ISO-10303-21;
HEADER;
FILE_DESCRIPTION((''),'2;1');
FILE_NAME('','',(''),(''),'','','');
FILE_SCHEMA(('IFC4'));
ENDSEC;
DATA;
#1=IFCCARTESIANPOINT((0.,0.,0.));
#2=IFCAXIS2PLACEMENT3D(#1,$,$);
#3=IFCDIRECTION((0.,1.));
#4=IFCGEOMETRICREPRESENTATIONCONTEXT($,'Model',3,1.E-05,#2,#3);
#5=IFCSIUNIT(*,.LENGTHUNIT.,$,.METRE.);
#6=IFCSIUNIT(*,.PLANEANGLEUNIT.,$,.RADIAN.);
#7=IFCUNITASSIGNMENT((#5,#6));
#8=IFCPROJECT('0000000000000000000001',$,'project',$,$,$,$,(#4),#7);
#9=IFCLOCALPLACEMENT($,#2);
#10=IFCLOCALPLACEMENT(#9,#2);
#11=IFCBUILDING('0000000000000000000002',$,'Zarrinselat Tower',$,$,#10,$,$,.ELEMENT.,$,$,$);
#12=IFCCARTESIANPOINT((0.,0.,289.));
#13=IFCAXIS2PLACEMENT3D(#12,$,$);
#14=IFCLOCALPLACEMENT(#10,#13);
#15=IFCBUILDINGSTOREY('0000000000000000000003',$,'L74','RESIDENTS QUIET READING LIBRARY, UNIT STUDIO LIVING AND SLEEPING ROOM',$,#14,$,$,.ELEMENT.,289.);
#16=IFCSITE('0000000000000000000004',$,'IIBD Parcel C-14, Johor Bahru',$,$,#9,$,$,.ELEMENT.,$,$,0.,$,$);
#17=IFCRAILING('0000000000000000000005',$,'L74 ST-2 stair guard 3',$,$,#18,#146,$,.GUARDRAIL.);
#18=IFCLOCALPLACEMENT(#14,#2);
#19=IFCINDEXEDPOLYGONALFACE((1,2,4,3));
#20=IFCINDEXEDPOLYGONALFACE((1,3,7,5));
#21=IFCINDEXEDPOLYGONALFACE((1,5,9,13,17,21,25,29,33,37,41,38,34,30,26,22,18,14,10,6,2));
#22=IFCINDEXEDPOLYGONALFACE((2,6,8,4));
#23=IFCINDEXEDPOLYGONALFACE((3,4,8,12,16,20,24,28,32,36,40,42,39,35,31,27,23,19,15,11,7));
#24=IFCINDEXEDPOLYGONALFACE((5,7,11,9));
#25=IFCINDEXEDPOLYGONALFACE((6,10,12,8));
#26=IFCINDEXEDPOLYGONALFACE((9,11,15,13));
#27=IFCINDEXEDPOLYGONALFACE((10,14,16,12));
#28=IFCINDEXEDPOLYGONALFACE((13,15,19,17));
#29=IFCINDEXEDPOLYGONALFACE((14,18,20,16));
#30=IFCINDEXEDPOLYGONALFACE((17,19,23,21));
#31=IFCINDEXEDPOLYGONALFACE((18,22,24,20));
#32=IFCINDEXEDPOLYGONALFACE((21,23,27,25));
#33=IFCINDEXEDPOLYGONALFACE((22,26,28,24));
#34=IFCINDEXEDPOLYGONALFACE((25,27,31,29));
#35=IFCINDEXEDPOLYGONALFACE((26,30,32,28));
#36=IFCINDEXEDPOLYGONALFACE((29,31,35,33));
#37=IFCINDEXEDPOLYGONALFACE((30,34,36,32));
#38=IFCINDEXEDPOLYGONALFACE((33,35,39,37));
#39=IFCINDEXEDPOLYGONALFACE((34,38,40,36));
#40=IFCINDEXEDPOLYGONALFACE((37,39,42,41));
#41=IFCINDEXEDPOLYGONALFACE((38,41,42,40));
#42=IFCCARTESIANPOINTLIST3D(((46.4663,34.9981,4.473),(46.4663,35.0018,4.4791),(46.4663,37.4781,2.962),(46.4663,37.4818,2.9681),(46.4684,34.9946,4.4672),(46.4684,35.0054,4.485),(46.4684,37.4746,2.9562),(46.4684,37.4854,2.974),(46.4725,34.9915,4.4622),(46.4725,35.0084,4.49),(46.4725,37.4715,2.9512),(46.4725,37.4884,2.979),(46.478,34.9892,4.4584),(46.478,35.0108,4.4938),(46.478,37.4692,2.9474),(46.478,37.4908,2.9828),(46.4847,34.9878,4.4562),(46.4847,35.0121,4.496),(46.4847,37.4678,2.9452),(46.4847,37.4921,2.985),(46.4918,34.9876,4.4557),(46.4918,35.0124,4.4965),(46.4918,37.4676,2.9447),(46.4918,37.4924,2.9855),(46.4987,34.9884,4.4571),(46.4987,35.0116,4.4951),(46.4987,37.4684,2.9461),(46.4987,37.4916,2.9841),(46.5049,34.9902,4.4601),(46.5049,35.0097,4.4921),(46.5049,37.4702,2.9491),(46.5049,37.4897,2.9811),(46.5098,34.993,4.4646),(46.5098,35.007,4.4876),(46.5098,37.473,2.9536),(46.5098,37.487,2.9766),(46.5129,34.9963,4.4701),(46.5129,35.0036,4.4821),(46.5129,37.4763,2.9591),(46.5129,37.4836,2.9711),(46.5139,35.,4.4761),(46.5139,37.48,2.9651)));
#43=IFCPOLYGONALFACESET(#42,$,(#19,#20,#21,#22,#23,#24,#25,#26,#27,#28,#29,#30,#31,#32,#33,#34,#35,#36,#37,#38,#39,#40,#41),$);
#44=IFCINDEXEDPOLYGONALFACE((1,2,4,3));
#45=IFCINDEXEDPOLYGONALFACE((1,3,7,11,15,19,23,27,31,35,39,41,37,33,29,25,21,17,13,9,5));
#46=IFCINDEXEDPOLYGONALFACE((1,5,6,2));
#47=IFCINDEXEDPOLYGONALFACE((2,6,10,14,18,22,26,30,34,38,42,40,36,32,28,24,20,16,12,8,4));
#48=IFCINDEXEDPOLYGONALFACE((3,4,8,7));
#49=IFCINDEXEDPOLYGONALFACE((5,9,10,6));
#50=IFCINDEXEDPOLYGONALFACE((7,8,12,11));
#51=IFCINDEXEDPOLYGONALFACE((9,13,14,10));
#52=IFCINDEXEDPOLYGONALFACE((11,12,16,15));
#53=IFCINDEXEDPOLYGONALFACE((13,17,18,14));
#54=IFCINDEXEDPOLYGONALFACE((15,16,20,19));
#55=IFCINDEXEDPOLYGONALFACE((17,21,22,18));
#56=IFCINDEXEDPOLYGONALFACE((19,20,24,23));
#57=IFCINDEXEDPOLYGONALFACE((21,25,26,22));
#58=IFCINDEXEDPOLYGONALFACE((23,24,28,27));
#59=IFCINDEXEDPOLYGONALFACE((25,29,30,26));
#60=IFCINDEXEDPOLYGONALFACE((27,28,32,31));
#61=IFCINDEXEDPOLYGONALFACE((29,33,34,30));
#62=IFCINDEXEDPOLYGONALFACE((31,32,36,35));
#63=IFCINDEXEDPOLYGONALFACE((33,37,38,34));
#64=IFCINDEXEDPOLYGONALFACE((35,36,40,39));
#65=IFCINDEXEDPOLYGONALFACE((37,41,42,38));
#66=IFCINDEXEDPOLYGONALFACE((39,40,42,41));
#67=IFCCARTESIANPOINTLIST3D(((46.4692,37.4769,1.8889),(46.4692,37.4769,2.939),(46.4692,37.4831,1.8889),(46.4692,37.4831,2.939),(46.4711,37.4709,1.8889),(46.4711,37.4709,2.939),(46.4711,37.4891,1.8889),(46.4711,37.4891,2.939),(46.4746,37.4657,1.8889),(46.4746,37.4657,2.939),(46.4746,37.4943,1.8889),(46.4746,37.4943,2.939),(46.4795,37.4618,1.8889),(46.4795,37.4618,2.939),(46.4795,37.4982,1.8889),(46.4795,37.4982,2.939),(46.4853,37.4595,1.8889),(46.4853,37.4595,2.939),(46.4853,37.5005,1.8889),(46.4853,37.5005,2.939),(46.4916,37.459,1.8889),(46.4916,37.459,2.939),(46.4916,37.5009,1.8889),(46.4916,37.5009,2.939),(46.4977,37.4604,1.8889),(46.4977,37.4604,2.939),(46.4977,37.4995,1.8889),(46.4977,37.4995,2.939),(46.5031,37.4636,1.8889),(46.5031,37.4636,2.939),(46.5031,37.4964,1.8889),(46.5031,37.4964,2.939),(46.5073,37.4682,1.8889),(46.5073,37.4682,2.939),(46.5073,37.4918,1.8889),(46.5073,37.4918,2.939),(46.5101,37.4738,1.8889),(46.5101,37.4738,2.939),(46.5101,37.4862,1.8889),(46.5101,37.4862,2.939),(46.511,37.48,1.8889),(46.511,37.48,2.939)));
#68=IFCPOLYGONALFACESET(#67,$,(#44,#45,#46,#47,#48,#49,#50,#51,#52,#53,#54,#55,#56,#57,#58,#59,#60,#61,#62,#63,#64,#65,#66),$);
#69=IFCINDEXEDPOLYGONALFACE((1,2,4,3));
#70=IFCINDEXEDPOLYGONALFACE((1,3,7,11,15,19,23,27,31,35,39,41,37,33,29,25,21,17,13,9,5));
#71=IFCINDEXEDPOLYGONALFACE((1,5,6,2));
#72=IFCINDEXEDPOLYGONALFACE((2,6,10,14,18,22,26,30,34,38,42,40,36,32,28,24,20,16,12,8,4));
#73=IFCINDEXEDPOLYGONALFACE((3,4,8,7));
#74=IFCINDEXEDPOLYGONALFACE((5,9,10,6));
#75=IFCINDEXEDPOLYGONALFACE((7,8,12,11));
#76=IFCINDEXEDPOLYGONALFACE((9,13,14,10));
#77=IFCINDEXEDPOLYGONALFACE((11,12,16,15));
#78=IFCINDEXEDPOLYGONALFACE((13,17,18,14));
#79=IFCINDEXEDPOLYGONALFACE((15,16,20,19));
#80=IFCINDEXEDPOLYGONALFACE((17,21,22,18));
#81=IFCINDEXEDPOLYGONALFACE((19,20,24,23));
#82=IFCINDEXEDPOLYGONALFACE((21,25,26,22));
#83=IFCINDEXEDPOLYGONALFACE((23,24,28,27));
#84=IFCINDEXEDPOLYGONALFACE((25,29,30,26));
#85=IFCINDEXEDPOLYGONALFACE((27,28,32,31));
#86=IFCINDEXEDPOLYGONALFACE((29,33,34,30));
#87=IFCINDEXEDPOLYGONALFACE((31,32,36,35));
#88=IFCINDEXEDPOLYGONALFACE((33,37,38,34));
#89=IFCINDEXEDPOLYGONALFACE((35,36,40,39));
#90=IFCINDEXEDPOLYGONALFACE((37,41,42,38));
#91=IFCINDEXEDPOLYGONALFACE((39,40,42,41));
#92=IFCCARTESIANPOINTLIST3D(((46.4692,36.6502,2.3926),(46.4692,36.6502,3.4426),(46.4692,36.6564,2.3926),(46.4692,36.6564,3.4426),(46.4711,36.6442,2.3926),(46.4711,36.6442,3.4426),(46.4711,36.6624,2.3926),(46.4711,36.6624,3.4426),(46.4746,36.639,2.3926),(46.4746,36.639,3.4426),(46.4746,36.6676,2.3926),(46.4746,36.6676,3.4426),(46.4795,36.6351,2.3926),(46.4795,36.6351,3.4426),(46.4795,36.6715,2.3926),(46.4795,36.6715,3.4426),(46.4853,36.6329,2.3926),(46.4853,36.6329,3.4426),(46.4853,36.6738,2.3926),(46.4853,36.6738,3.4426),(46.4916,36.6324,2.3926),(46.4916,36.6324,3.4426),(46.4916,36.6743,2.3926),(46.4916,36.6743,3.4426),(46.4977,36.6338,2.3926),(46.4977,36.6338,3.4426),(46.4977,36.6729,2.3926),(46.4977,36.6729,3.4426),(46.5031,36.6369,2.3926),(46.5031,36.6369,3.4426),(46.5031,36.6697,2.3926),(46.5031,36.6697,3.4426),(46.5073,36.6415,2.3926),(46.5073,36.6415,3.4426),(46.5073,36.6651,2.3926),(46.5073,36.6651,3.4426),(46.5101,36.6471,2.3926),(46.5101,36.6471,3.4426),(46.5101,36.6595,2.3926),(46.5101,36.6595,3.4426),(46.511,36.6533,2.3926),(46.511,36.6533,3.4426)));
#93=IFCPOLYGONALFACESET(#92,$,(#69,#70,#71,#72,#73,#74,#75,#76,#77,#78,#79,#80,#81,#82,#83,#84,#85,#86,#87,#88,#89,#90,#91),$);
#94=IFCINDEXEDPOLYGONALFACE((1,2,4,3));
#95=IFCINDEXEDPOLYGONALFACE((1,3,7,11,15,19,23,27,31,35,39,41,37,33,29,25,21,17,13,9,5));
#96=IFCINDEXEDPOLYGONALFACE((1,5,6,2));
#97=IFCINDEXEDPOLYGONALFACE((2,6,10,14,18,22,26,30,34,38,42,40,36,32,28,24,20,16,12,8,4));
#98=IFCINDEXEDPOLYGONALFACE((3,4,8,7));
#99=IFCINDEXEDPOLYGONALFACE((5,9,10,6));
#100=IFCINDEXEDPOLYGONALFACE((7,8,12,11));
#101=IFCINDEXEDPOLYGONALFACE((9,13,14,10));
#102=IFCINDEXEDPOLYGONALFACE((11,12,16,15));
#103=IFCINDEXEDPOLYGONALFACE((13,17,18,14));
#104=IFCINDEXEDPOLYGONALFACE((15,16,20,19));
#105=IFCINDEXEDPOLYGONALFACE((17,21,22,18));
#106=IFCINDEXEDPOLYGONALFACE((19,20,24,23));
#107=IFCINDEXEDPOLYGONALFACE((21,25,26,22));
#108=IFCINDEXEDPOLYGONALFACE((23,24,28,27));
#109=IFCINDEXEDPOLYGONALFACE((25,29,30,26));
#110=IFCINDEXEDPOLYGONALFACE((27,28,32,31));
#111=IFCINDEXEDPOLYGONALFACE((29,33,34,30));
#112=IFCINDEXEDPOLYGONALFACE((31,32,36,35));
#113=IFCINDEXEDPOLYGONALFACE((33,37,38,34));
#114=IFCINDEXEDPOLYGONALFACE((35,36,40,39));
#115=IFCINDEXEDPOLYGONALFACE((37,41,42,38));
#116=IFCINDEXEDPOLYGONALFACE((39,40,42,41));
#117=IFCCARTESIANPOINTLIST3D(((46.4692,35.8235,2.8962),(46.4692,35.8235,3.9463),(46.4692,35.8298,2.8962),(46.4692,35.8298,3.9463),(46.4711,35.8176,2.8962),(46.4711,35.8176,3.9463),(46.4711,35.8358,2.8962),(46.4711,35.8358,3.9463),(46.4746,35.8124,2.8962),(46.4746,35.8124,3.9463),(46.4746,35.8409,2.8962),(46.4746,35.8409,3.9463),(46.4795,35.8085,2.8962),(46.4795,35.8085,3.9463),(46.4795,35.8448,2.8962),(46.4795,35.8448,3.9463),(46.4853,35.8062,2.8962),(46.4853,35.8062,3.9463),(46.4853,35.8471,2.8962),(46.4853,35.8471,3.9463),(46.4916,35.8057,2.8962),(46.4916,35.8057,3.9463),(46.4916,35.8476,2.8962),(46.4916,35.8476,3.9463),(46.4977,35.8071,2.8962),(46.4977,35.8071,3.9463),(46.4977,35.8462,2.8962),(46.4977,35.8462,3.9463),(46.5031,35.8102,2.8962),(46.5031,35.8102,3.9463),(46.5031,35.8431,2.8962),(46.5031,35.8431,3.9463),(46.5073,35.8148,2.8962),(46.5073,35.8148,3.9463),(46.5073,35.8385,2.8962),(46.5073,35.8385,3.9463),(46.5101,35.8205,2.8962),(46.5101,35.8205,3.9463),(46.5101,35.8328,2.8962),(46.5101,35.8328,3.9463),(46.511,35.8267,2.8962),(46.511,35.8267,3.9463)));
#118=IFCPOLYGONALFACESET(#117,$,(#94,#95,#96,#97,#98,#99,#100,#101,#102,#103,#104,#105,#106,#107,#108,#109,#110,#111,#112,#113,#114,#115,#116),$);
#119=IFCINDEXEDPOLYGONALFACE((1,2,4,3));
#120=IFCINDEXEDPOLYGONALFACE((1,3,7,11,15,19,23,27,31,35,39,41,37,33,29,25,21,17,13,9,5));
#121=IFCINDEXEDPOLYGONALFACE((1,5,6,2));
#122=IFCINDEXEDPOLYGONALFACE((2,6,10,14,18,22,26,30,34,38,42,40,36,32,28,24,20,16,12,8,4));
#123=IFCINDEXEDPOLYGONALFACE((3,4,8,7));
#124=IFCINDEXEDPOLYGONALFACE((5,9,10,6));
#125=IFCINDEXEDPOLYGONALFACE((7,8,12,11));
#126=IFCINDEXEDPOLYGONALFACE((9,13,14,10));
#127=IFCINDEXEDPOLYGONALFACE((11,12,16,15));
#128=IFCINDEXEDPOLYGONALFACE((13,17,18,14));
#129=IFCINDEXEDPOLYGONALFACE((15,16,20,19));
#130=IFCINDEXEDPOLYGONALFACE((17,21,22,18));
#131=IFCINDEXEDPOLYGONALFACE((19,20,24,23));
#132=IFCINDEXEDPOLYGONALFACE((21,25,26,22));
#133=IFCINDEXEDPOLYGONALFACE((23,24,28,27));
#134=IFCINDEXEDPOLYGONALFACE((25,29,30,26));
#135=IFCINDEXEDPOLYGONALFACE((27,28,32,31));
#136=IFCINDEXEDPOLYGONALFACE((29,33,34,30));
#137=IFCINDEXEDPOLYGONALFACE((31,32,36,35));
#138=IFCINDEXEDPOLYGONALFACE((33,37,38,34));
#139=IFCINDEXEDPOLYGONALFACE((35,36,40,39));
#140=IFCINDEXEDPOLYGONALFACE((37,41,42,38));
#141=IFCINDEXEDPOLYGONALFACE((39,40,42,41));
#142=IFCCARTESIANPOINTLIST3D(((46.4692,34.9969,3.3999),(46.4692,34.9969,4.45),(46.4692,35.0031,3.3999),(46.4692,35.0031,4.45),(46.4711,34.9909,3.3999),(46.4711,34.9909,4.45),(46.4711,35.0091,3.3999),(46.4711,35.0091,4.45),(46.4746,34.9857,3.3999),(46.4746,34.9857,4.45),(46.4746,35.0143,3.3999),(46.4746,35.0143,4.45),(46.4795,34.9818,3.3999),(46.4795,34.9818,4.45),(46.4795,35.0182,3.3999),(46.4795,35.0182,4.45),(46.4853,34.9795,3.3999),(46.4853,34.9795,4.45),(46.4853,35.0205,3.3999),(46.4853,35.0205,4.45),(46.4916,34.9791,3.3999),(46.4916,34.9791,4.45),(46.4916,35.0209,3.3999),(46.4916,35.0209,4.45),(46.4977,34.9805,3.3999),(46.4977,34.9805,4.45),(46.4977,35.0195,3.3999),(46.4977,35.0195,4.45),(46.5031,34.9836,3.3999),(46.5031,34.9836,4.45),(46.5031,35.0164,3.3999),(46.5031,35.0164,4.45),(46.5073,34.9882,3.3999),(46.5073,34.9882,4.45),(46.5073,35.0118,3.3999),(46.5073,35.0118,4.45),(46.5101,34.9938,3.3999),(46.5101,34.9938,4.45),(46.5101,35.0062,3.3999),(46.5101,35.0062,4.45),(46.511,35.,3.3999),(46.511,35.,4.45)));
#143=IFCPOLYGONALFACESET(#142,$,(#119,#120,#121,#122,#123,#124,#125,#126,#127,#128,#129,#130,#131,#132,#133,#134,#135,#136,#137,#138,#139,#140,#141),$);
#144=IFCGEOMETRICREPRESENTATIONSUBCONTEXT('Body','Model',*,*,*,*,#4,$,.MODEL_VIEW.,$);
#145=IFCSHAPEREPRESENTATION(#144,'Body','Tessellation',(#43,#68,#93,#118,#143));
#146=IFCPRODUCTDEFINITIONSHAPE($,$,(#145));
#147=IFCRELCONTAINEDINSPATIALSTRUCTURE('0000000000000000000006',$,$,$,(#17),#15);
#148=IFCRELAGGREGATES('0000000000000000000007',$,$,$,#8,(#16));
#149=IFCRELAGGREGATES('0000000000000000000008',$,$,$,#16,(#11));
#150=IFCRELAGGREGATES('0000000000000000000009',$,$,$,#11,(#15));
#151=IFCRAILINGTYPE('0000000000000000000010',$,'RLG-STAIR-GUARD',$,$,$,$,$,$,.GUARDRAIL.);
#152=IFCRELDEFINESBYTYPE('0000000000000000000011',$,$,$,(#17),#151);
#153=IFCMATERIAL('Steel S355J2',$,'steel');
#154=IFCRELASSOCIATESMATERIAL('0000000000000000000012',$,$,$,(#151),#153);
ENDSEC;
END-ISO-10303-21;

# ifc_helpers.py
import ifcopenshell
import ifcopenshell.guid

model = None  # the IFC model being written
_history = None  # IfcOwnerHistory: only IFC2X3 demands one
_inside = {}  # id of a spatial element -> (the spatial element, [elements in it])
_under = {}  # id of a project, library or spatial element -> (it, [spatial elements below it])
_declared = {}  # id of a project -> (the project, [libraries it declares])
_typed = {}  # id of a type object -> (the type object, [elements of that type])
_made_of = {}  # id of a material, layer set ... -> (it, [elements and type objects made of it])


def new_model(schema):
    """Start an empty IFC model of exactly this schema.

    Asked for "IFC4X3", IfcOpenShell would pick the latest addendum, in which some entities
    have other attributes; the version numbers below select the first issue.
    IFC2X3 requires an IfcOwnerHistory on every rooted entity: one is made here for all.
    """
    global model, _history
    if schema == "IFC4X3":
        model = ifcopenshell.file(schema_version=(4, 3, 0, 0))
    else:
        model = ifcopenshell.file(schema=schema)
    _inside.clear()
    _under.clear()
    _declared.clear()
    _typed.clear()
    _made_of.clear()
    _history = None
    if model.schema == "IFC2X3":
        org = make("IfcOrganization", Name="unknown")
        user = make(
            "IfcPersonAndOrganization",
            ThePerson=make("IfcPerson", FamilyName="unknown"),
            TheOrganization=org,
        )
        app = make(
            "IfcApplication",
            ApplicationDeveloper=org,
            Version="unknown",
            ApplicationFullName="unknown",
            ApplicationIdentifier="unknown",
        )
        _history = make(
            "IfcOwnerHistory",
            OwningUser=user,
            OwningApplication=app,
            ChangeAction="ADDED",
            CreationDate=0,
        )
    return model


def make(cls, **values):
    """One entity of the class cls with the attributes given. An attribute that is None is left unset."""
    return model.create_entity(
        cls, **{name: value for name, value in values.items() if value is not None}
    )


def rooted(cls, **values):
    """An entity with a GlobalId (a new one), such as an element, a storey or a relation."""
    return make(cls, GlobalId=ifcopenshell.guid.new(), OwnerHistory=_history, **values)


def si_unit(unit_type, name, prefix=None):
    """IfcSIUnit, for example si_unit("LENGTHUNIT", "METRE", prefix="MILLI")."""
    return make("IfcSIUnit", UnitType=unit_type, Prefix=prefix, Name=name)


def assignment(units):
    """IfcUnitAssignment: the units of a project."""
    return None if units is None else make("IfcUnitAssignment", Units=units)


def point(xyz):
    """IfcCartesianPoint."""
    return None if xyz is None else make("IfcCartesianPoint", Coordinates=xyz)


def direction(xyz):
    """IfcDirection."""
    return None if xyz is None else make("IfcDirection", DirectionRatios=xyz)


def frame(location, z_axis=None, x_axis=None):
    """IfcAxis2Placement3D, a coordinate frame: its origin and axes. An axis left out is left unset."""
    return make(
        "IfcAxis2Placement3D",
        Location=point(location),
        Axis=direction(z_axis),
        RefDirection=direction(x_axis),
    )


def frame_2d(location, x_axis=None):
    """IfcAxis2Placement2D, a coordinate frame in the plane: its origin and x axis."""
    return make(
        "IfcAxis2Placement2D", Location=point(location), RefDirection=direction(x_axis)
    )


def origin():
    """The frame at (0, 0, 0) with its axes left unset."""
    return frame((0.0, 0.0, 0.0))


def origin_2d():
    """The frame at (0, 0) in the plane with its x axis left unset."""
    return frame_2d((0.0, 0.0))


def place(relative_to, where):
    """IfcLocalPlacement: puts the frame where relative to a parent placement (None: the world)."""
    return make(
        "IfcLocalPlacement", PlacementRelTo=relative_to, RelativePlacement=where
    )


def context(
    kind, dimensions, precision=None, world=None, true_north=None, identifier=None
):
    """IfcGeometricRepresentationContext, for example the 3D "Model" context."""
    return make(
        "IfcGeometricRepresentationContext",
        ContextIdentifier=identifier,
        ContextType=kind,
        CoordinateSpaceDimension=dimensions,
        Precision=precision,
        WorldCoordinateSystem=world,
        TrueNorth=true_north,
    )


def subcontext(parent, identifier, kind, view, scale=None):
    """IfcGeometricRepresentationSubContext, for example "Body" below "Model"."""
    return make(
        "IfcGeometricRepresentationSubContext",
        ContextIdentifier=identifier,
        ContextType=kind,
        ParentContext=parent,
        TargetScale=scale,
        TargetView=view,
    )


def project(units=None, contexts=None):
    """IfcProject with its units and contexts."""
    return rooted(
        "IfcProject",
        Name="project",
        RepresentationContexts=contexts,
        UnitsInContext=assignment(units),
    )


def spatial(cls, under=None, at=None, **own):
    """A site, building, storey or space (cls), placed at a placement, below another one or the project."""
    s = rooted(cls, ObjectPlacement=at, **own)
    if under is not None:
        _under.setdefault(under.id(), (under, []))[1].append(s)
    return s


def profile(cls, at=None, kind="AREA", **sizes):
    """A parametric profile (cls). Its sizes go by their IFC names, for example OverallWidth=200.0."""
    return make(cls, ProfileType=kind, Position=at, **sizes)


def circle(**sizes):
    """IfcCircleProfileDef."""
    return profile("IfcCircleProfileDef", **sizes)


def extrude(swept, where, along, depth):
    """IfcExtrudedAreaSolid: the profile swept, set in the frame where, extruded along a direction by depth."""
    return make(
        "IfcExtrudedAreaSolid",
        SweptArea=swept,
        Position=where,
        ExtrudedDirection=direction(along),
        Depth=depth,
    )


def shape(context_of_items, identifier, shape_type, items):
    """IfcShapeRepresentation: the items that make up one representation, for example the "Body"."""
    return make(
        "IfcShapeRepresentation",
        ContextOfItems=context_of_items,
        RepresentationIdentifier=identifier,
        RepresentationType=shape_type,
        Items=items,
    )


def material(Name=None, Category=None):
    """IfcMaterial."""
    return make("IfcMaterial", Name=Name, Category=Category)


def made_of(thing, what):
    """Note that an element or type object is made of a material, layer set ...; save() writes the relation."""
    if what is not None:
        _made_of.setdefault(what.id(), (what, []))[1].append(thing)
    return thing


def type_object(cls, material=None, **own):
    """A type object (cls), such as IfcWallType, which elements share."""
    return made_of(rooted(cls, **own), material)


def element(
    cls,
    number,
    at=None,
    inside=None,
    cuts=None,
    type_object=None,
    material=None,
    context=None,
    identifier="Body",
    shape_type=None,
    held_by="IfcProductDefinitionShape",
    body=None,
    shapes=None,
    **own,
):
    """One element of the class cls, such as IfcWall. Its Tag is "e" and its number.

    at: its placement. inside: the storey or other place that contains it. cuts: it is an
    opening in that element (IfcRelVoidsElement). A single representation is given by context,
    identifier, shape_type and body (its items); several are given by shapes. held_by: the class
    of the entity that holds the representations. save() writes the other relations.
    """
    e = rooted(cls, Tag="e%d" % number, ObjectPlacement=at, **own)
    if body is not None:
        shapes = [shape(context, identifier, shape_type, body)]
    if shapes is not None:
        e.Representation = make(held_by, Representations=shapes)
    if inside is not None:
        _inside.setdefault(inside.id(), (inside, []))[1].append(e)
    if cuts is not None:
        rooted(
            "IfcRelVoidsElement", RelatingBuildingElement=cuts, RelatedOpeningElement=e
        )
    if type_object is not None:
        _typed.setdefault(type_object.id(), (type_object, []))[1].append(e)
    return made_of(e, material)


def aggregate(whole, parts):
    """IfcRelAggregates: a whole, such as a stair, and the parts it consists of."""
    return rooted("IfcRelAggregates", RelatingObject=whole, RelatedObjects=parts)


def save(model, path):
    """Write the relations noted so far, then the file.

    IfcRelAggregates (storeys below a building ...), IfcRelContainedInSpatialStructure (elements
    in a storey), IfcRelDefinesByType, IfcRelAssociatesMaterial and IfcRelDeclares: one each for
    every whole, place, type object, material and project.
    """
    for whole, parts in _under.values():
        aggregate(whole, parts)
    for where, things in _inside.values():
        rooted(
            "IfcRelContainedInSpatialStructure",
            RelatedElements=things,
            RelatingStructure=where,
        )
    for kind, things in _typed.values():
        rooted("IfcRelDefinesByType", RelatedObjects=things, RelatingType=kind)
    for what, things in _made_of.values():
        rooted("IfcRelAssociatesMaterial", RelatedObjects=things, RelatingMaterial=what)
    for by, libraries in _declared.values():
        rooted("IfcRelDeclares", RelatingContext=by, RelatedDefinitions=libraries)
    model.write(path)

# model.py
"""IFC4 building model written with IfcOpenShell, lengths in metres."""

from ifc_helpers import new_model, si_unit, direction, frame, origin, origin_2d, place, context, subcontext, project, spatial, circle, extrude, material, type_object, element, save


model = new_model("IFC4")

# Units and contexts
model_context = context("Model", 3, precision=1e-05, world=origin(), true_north=direction((0.0, 1.0)))
body_context = subcontext(model_context, "Body", "Model", "MODEL_VIEW")
ifc_project = project(units=[si_unit("LENGTHUNIT", "METRE"), si_unit("PLANEANGLEUNIT", "RADIAN")], contexts=[model_context])

# Site, building, storey
site_placement = place(None, origin())
site = spatial("IfcSite", under=ifc_project, at=site_placement, Name="IIBD Parcel C-14, Johor Bahru", CompositionType="ELEMENT", RefElevation=0.0)
building_placement = place(site_placement, origin())
building = spatial("IfcBuilding", under=site, at=building_placement, Name="Zarrinselat Tower", CompositionType="ELEMENT")
storey_placement = place(building_placement, frame((0.0, 0.0, 289.0)))
storey = spatial("IfcBuildingStorey", under=building, at=storey_placement, Name="L74", Description="RESIDENTS QUIET READING LIBRARY, UNIT STUDIO LIVING AND SLEEPING ROOM", CompositionType="ELEMENT", Elevation=289.0)

# Railing
ifc_material_1 = material(Name="Steel S355J2", Category="steel")
railing_type_1 = type_object("IfcRailingType", Name="RLG-STAIR-GUARD", PredefinedType="GUARDRAIL", material=ifc_material_1)
railing_1_placement = place(storey_placement, frame((46.49, 37.48, 1.8889)))
element("IfcRailing", 1, at=railing_1_placement, inside=storey, type_object=railing_type_1, Name="L74 ST-2 stair guard 3", PredefinedType="GUARDRAIL", context=body_context, shape_type="SweptSolid", body=[
    extrude(circle(Radius=0.0239, at=origin_2d()), frame((0.0, 0.0, 1.0762), z_axis=(0.0, -0.853979, 0.520307), x_axis=(1.0, 0.0, 0.0)), (0.0, 0.0, 1.0), 2.9041),
    extrude(circle(Radius=0.021, at=origin_2d()), origin(), (0.0, 0.0, 1.0), 1.05),
    extrude(circle(Radius=0.021, at=origin_2d()), frame((0.0, -0.8267, 0.5037)), (0.0, 0.0, 1.0), 1.05),
    extrude(circle(Radius=0.021, at=origin_2d()), frame((0.0, -1.6533, 1.0073)), (0.0, 0.0, 1.0), 1.05),
    extrude(circle(Radius=0.021, at=origin_2d()), frame((0.0, -2.48, 1.511)), (0.0, 0.0, 1.0), 1.05),
])

save(model, "model.ifc")
